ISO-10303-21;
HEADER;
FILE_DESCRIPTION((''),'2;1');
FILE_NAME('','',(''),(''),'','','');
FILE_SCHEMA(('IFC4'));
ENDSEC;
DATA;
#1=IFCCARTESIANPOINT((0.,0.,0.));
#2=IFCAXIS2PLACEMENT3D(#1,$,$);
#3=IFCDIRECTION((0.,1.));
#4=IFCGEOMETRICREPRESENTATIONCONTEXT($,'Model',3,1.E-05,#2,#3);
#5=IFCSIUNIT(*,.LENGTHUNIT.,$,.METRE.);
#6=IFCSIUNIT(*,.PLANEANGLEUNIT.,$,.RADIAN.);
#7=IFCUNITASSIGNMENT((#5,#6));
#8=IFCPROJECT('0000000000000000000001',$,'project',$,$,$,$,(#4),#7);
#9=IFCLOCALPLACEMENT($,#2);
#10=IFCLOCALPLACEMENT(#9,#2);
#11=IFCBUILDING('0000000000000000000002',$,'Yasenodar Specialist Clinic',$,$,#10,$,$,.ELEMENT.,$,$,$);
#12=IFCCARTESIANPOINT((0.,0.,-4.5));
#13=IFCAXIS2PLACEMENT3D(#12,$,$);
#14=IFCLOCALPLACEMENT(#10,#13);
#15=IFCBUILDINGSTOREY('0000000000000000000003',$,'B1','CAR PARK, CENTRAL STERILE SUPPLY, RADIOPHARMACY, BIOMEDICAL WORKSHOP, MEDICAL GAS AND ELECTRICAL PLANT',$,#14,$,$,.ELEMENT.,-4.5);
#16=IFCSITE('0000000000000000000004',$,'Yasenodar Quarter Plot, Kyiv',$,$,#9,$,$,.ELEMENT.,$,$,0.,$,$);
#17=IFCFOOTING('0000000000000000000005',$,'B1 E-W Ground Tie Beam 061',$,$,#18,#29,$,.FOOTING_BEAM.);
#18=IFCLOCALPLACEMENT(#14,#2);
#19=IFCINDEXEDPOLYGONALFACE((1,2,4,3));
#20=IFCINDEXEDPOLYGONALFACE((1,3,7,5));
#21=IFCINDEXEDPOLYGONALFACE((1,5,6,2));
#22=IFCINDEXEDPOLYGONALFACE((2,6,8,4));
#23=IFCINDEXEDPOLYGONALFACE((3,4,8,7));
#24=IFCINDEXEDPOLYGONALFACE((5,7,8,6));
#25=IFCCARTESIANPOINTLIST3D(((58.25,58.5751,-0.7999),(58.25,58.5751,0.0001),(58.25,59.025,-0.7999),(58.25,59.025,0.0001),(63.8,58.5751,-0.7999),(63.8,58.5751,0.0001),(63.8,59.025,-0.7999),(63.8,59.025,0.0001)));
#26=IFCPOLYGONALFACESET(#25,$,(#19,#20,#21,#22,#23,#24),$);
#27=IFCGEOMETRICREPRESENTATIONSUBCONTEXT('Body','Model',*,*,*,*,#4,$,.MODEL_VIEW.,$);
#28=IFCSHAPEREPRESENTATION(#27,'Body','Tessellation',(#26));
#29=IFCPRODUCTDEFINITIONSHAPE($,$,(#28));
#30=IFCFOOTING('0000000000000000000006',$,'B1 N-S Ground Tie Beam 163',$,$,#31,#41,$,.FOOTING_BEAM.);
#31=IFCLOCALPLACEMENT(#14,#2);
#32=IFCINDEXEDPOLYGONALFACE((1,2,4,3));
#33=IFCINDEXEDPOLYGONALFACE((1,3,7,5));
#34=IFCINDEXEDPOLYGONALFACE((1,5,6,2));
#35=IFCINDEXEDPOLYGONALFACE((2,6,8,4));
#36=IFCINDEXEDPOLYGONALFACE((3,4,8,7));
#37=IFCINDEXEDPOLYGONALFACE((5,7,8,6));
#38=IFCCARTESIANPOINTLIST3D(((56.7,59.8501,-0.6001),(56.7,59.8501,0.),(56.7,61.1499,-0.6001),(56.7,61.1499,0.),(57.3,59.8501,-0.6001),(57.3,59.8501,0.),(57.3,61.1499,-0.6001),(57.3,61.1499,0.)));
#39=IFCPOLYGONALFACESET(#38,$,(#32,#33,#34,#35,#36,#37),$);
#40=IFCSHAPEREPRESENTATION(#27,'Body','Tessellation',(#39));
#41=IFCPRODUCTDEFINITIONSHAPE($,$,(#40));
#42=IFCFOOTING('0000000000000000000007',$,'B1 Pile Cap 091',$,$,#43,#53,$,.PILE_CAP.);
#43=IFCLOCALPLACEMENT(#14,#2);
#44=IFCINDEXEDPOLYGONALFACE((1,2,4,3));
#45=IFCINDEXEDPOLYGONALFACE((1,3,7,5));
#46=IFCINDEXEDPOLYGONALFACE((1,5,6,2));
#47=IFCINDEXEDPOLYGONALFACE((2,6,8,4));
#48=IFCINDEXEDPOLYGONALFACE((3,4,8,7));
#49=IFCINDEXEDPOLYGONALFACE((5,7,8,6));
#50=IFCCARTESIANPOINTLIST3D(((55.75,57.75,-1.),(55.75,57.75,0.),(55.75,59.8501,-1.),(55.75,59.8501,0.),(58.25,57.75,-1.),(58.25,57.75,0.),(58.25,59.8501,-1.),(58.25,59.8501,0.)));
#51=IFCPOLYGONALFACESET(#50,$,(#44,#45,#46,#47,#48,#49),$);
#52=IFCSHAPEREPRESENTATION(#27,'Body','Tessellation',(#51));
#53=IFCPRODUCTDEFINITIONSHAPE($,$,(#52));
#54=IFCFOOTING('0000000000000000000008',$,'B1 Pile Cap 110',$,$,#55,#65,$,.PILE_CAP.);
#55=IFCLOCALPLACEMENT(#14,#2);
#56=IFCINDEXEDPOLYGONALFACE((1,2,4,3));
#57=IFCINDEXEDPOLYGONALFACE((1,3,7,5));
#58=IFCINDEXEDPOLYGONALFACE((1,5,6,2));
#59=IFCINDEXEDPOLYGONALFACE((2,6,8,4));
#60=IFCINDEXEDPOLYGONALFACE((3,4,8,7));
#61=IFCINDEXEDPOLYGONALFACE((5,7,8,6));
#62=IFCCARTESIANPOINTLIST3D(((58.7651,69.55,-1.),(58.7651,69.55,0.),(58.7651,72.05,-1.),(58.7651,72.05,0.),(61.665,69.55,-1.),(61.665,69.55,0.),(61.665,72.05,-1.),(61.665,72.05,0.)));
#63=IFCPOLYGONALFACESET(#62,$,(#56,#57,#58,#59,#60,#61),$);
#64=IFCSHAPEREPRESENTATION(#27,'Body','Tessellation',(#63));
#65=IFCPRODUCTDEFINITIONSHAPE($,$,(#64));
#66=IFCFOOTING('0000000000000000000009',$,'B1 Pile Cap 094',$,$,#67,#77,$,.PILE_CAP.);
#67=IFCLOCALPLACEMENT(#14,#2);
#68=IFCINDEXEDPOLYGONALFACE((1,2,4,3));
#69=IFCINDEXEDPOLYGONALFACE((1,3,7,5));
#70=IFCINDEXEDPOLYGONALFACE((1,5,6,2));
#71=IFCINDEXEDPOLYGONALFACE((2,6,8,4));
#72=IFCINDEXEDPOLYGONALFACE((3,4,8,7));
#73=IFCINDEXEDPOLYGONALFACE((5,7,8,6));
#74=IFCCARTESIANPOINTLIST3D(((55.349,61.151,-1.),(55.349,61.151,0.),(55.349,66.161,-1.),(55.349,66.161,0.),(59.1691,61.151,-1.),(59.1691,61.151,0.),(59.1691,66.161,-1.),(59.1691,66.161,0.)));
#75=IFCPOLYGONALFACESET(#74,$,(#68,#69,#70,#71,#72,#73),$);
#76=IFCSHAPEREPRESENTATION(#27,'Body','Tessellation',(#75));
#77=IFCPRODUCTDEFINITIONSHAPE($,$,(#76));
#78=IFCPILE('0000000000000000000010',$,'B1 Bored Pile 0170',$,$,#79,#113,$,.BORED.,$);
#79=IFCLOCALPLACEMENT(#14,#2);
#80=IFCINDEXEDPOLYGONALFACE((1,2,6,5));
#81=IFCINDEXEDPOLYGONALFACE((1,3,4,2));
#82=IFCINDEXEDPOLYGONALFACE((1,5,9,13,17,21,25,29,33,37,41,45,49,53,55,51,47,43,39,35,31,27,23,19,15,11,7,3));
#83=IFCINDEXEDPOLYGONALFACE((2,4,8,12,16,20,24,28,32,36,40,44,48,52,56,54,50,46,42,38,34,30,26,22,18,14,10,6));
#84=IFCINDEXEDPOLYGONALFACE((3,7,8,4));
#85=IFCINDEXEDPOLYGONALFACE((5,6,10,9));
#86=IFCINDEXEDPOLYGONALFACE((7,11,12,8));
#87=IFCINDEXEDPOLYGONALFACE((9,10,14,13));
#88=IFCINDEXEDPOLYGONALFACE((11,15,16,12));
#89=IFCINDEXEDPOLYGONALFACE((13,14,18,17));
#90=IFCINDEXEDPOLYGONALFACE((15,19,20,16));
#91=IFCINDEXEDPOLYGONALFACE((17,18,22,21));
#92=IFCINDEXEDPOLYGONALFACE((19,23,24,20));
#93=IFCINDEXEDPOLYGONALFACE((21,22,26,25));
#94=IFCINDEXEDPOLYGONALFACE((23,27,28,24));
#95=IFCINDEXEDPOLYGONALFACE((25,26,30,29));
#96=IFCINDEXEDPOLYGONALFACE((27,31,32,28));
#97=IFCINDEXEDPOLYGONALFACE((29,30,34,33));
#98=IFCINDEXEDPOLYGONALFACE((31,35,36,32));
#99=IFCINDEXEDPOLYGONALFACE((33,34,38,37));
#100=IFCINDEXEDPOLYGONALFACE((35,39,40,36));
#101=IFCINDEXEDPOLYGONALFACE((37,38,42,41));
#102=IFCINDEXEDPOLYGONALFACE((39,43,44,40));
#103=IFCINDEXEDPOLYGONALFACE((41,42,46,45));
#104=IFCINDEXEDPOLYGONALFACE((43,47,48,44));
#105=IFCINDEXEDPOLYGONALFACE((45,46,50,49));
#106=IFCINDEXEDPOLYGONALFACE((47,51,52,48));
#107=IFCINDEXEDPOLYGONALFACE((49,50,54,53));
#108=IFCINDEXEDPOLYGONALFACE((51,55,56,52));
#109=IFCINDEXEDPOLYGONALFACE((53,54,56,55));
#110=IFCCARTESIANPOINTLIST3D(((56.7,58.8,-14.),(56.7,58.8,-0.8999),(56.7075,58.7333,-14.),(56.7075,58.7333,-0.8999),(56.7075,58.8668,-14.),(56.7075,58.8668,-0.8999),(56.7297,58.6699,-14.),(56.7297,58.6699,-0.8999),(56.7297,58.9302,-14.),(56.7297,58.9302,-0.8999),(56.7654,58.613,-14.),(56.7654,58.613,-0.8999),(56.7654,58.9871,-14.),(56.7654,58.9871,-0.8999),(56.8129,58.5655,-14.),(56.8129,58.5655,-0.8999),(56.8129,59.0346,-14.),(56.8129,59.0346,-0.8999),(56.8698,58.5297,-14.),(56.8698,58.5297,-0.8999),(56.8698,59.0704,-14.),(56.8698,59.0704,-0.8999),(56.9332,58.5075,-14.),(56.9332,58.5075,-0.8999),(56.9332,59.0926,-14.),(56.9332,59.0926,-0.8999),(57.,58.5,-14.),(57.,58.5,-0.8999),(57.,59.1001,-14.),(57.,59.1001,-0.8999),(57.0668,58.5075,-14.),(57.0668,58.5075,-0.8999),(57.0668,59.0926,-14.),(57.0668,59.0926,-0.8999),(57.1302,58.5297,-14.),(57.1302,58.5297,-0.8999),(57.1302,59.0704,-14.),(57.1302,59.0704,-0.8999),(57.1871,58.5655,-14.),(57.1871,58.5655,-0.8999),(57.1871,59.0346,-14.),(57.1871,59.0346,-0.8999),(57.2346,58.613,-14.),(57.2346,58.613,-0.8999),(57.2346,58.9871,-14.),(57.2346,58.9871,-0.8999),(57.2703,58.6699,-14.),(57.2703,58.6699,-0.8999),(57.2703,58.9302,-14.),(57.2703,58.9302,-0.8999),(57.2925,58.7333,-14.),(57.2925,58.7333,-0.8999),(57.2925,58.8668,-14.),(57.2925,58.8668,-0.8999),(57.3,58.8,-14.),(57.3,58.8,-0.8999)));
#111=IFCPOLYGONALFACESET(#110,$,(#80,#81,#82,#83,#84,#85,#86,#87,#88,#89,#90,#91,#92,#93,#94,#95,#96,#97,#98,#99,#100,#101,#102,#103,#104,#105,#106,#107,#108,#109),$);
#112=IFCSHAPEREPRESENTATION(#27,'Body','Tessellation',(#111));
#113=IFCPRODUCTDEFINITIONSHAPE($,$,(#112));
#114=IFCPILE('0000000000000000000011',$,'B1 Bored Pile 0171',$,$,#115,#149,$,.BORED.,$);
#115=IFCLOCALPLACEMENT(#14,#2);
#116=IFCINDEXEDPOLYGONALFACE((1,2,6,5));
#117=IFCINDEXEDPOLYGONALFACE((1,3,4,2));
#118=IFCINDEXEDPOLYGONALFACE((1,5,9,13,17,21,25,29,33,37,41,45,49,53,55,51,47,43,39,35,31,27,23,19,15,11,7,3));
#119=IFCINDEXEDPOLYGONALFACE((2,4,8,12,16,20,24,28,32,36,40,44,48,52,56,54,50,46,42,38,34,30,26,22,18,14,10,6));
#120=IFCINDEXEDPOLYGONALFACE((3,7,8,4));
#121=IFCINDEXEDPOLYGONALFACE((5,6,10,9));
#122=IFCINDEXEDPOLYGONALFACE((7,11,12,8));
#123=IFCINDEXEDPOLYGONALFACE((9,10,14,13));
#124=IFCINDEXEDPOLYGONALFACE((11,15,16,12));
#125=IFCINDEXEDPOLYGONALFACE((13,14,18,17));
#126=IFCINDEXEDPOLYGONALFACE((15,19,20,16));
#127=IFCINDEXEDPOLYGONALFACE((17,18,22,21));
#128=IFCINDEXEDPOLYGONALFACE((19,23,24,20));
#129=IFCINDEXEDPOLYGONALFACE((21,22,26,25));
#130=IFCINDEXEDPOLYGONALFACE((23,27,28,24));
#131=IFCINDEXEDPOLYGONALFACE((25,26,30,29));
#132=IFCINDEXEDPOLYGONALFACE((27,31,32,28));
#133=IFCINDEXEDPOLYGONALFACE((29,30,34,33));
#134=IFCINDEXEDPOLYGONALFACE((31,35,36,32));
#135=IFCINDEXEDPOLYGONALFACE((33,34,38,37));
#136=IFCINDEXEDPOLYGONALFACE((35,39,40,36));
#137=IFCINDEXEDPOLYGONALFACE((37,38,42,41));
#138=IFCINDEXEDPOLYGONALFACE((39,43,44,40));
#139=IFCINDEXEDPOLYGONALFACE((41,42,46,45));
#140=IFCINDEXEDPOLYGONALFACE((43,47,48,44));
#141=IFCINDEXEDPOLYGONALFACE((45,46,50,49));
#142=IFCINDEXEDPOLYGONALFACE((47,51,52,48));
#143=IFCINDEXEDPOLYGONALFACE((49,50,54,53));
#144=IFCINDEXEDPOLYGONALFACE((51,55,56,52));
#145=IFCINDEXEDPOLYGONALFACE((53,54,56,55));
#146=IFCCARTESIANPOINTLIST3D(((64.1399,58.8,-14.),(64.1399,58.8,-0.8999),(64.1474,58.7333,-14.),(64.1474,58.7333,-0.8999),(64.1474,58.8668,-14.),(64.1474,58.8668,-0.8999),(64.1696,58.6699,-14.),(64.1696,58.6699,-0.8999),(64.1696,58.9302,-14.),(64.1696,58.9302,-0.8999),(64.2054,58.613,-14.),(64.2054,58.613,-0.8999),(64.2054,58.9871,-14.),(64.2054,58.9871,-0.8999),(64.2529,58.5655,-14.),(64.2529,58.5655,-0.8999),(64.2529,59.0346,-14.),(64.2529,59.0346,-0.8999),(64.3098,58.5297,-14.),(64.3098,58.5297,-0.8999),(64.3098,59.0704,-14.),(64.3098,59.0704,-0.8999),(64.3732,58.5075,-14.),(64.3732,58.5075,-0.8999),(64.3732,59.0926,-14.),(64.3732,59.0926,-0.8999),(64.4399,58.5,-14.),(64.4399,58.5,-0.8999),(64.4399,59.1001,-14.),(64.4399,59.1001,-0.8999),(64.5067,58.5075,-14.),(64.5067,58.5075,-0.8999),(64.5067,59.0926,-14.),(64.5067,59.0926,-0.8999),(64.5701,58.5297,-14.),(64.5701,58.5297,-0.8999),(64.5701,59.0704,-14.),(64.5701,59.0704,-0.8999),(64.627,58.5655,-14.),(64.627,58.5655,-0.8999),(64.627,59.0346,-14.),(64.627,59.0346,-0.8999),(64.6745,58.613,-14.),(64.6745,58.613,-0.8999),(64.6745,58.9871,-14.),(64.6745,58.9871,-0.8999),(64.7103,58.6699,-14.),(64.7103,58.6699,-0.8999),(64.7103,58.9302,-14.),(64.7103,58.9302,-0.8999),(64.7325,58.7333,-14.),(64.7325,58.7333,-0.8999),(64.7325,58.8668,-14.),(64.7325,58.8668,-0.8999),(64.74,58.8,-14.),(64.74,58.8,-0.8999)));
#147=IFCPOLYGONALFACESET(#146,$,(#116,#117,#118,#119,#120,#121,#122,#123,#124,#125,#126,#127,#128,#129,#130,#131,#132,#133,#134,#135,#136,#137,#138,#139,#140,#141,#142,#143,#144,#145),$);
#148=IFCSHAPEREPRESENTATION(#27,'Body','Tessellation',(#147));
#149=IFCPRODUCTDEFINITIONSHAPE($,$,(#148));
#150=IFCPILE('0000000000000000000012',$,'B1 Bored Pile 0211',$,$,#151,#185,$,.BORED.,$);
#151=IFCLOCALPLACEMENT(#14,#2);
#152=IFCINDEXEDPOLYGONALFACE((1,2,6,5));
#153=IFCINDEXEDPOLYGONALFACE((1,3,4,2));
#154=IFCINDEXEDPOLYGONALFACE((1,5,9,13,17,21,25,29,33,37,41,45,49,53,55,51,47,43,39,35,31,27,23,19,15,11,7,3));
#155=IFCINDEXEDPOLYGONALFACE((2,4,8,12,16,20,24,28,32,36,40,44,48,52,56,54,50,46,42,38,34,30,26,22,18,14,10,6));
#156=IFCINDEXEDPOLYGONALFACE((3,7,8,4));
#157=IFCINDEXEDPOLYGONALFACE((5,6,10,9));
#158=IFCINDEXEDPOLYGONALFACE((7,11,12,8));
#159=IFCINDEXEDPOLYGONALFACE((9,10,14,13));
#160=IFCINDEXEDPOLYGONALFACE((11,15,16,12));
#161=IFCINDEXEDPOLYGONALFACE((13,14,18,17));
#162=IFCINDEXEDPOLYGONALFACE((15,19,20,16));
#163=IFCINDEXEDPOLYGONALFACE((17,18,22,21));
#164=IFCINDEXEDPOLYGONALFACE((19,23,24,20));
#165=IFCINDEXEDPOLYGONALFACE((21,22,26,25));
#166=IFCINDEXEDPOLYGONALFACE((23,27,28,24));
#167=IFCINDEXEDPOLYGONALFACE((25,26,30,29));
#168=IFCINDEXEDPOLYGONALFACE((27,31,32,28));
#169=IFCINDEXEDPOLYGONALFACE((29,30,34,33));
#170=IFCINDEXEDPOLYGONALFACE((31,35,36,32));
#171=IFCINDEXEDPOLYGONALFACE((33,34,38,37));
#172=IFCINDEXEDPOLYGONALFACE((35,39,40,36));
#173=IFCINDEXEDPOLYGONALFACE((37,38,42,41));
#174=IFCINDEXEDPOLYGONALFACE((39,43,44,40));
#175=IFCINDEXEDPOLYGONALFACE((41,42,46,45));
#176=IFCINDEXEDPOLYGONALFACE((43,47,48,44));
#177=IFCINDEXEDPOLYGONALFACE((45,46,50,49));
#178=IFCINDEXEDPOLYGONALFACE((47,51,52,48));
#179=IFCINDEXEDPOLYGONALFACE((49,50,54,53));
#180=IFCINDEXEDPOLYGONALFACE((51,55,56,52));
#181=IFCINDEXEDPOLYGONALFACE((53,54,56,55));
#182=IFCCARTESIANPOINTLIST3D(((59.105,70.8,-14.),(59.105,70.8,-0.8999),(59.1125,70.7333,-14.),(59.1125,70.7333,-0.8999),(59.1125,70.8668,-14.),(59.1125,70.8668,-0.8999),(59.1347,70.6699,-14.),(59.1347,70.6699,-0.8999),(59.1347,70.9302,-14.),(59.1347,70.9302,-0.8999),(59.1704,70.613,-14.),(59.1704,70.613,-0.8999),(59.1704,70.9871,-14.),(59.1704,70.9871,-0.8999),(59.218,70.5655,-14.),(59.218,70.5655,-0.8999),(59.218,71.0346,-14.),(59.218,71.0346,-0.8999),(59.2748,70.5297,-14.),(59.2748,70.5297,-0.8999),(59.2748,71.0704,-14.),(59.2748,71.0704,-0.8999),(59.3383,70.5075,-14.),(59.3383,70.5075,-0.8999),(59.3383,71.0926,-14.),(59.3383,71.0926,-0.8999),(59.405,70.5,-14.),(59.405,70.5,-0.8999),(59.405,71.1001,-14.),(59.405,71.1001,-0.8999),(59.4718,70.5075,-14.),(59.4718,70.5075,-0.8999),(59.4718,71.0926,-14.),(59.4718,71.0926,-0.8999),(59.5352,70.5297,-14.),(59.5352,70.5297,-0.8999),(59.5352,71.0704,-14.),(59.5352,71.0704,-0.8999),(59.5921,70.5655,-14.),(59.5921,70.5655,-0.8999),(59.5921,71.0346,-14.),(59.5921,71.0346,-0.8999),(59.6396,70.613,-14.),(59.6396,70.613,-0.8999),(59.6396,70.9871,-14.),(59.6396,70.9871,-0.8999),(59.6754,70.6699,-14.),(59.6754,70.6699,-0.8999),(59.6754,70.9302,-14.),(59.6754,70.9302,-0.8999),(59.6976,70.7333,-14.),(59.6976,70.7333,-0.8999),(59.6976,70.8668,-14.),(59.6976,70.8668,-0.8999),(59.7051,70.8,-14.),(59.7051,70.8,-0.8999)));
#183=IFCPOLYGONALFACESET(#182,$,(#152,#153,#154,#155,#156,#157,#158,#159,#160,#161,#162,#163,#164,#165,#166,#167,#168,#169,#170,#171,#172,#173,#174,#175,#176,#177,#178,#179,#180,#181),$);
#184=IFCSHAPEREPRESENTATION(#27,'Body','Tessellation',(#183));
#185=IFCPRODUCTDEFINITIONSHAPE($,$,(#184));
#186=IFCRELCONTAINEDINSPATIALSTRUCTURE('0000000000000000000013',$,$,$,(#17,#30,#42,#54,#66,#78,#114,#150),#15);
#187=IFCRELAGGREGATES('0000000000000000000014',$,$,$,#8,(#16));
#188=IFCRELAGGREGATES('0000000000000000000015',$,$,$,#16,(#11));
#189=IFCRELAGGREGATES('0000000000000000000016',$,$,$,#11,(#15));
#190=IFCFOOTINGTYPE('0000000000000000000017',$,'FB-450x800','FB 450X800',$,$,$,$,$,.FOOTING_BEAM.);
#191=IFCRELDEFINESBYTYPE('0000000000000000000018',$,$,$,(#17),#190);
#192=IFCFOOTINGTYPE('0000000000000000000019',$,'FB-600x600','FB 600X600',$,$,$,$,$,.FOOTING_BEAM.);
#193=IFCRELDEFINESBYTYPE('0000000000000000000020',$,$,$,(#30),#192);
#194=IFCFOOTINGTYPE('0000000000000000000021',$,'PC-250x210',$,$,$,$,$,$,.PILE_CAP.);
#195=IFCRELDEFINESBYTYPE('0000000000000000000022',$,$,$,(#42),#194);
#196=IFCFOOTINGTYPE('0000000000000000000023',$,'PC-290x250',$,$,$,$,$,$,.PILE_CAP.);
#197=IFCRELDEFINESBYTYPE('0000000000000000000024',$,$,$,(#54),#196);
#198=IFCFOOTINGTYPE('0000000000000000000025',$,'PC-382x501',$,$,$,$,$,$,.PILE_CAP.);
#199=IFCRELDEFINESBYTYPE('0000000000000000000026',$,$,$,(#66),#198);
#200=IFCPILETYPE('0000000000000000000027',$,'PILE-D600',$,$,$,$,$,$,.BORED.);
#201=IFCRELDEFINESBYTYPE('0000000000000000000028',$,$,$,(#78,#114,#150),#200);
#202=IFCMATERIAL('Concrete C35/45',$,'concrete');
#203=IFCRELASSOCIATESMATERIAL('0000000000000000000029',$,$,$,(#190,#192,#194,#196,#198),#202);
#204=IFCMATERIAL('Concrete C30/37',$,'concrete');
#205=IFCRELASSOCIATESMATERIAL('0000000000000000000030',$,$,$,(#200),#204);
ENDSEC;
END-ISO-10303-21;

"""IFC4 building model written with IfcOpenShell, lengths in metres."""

from ifc_helpers import new_model, si_unit, direction, frame, origin, origin_2d, place, context, subcontext, project, spatial, rectangle, circle, extrude, material, material_profile, profile_set, type_object, element, save


model = new_model("IFC4")

# Units and contexts
model_context = context("Model", 3, precision=1e-05, world=origin(), true_north=direction((0.0, 1.0)))
body_context = subcontext(model_context, "Body", "Model", "MODEL_VIEW")
ifc_project = project(units=[si_unit("LENGTHUNIT", "METRE"), si_unit("PLANEANGLEUNIT", "RADIAN")], contexts=[model_context])

# Site, building, storey
site_placement = place(None, origin())
site = spatial("IfcSite", under=ifc_project, at=site_placement, Name="Yasenodar Quarter Plot, Kyiv", CompositionType="ELEMENT", RefElevation=0.0)
building_placement = place(site_placement, origin())
building = spatial("IfcBuilding", under=site, at=building_placement, Name="Yasenodar Specialist Clinic", CompositionType="ELEMENT")
storey_placement = place(building_placement, frame((0.0, 0.0, -4.5)))
storey = spatial("IfcBuildingStorey", under=building, at=storey_placement, Name="B1", Description="CAR PARK, CENTRAL STERILE SUPPLY, RADIOPHARMACY, BIOMEDICAL WORKSHOP, MEDICAL GAS AND ELECTRICAL PLANT", CompositionType="ELEMENT", Elevation=-4.5)

# Footings
ifc_material_1 = material(Name="Concrete C35/45", Category="concrete")
ifc_material_profile_1 = material_profile(ifc_material_1, rectangle(XDim=0.45, YDim=0.8, at=origin_2d()), Name="RC 450x800")
ifc_profile_set_1 = profile_set([ifc_material_profile_1], Name="Concrete C35/45")
footing_type_1 = type_object("IfcFootingType", Name="FB-450x800", Description="FB 450X800", PredefinedType="FOOTING_BEAM", material=ifc_profile_set_1)
footing_1_placement = place(storey_placement, frame((58.25, 58.8, -0.3999), z_axis=(1.0, 0.0, 0.0), x_axis=(0.0, 1.0, 0.0)))
element("IfcFooting", 1, at=footing_1_placement, inside=storey, type_object=footing_type_1, Name="B1 E-W Ground Tie Beam 061", PredefinedType="FOOTING_BEAM", context=body_context, shape_type="SweptSolid", body=[
    extrude(rectangle(XDim=0.45, YDim=0.8, at=origin_2d()), origin(), (0.0, 0.0, 1.0), 5.55),
])
ifc_material_profile_2 = material_profile(ifc_material_1, rectangle(XDim=0.6001, YDim=0.6001, at=origin_2d()), Name="RC 600x600")
ifc_profile_set_2 = profile_set([ifc_material_profile_2], Name="Concrete C35/45")
footing_type_2 = type_object("IfcFootingType", Name="FB-600x600", Description="FB 600X600", PredefinedType="FOOTING_BEAM", material=ifc_profile_set_2)
footing_2_placement = place(storey_placement, frame((57.0, 59.8501, -0.3), z_axis=(0.0, 1.0, 0.0), x_axis=(-1.0, 0.0, 0.0)))
element("IfcFooting", 2, at=footing_2_placement, inside=storey, type_object=footing_type_2, Name="B1 N-S Ground Tie Beam 163", PredefinedType="FOOTING_BEAM", context=body_context, shape_type="SweptSolid", body=[
    extrude(rectangle(XDim=0.6001, YDim=0.6001, at=origin_2d()), origin(), (0.0, 0.0, 1.0), 1.2998),
])
footing_type_3 = type_object("IfcFootingType", Name="PC-250x210", PredefinedType="PILE_CAP", material=ifc_material_1)
footing_3_placement = place(storey_placement, frame((57.0, 58.8, -1.0), z_axis=(0.0, 0.0, 1.0), x_axis=(1.0, 0.0, 0.0)))
element("IfcFooting", 3, at=footing_3_placement, inside=storey, type_object=footing_type_3, Name="B1 Pile Cap 091", PredefinedType="PILE_CAP", context=body_context, shape_type="SweptSolid", body=[
    extrude(rectangle(XDim=2.5, YDim=2.1001, at=origin_2d()), origin(), (0.0, 0.0, 1.0), 1.0),
])
footing_type_4 = type_object("IfcFootingType", Name="PC-290x250", PredefinedType="PILE_CAP", material=ifc_material_1)
footing_4_placement = place(storey_placement, frame((60.2151, 70.8, -1.0), z_axis=(0.0, 0.0, 1.0), x_axis=(1.0, 0.0, 0.0)))
element("IfcFooting", 4, at=footing_4_placement, inside=storey, type_object=footing_type_4, Name="B1 Pile Cap 110", PredefinedType="PILE_CAP", context=body_context, shape_type="SweptSolid", body=[
    extrude(rectangle(XDim=2.8999, YDim=2.5, at=origin_2d()), origin(), (0.0, 0.0, 1.0), 1.0),
])
footing_type_5 = type_object("IfcFootingType", Name="PC-382x501", PredefinedType="PILE_CAP", material=ifc_material_1)
footing_5_placement = place(storey_placement, frame((57.259, 63.656, -1.0), z_axis=(0.0, 0.0, 1.0), x_axis=(1.0, 0.0, 0.0)))
element("IfcFooting", 5, at=footing_5_placement, inside=storey, type_object=footing_type_5, Name="B1 Pile Cap 094", PredefinedType="PILE_CAP", context=body_context, shape_type="SweptSolid", body=[
    extrude(rectangle(XDim=3.8201, YDim=5.01, at=origin_2d()), origin(), (0.0, 0.0, 1.0), 1.0),
])

# Piles
ifc_material_2 = material(Name="Concrete C30/37", Category="concrete")
ifc_material_profile_3 = material_profile(ifc_material_2, circle(Radius=0.3, at=origin_2d()), Name="PILE D600")
ifc_profile_set_3 = profile_set([ifc_material_profile_3], Name="Concrete C30/37")
pile_type_1 = type_object("IfcPileType", Name="PILE-D600", PredefinedType="BORED", material=ifc_profile_set_3)
for number, where, z_axis, x_axis, name in (
    (6, (57.0, 58.8, -0.8999), (0.0, 0.0, -1.0), (1.0, 0.0, 0.0), "B1 Bored Pile 0170"),
    (7, (64.4399, 58.8, -0.8999), (0.0, 0.0, -1.0), (1.0, 0.0, 0.0), "B1 Bored Pile 0171"),
    (8, (59.405, 70.8, -0.8999), (0.0, 0.0, -1.0), (1.0, 0.0, 0.0), "B1 Bored Pile 0211"),
):
    element("IfcPile", number, at=place(storey_placement, frame(where, z_axis=z_axis, x_axis=x_axis)), inside=storey, type_object=pile_type_1, Name=name, PredefinedType="BORED", context=body_context, shape_type="SweptSolid", body=[
        extrude(circle(Radius=0.3, at=origin_2d()), origin(), (0.0, 0.0, 1.0), 13.1001),
    ])

save(model, "model.ifc")
